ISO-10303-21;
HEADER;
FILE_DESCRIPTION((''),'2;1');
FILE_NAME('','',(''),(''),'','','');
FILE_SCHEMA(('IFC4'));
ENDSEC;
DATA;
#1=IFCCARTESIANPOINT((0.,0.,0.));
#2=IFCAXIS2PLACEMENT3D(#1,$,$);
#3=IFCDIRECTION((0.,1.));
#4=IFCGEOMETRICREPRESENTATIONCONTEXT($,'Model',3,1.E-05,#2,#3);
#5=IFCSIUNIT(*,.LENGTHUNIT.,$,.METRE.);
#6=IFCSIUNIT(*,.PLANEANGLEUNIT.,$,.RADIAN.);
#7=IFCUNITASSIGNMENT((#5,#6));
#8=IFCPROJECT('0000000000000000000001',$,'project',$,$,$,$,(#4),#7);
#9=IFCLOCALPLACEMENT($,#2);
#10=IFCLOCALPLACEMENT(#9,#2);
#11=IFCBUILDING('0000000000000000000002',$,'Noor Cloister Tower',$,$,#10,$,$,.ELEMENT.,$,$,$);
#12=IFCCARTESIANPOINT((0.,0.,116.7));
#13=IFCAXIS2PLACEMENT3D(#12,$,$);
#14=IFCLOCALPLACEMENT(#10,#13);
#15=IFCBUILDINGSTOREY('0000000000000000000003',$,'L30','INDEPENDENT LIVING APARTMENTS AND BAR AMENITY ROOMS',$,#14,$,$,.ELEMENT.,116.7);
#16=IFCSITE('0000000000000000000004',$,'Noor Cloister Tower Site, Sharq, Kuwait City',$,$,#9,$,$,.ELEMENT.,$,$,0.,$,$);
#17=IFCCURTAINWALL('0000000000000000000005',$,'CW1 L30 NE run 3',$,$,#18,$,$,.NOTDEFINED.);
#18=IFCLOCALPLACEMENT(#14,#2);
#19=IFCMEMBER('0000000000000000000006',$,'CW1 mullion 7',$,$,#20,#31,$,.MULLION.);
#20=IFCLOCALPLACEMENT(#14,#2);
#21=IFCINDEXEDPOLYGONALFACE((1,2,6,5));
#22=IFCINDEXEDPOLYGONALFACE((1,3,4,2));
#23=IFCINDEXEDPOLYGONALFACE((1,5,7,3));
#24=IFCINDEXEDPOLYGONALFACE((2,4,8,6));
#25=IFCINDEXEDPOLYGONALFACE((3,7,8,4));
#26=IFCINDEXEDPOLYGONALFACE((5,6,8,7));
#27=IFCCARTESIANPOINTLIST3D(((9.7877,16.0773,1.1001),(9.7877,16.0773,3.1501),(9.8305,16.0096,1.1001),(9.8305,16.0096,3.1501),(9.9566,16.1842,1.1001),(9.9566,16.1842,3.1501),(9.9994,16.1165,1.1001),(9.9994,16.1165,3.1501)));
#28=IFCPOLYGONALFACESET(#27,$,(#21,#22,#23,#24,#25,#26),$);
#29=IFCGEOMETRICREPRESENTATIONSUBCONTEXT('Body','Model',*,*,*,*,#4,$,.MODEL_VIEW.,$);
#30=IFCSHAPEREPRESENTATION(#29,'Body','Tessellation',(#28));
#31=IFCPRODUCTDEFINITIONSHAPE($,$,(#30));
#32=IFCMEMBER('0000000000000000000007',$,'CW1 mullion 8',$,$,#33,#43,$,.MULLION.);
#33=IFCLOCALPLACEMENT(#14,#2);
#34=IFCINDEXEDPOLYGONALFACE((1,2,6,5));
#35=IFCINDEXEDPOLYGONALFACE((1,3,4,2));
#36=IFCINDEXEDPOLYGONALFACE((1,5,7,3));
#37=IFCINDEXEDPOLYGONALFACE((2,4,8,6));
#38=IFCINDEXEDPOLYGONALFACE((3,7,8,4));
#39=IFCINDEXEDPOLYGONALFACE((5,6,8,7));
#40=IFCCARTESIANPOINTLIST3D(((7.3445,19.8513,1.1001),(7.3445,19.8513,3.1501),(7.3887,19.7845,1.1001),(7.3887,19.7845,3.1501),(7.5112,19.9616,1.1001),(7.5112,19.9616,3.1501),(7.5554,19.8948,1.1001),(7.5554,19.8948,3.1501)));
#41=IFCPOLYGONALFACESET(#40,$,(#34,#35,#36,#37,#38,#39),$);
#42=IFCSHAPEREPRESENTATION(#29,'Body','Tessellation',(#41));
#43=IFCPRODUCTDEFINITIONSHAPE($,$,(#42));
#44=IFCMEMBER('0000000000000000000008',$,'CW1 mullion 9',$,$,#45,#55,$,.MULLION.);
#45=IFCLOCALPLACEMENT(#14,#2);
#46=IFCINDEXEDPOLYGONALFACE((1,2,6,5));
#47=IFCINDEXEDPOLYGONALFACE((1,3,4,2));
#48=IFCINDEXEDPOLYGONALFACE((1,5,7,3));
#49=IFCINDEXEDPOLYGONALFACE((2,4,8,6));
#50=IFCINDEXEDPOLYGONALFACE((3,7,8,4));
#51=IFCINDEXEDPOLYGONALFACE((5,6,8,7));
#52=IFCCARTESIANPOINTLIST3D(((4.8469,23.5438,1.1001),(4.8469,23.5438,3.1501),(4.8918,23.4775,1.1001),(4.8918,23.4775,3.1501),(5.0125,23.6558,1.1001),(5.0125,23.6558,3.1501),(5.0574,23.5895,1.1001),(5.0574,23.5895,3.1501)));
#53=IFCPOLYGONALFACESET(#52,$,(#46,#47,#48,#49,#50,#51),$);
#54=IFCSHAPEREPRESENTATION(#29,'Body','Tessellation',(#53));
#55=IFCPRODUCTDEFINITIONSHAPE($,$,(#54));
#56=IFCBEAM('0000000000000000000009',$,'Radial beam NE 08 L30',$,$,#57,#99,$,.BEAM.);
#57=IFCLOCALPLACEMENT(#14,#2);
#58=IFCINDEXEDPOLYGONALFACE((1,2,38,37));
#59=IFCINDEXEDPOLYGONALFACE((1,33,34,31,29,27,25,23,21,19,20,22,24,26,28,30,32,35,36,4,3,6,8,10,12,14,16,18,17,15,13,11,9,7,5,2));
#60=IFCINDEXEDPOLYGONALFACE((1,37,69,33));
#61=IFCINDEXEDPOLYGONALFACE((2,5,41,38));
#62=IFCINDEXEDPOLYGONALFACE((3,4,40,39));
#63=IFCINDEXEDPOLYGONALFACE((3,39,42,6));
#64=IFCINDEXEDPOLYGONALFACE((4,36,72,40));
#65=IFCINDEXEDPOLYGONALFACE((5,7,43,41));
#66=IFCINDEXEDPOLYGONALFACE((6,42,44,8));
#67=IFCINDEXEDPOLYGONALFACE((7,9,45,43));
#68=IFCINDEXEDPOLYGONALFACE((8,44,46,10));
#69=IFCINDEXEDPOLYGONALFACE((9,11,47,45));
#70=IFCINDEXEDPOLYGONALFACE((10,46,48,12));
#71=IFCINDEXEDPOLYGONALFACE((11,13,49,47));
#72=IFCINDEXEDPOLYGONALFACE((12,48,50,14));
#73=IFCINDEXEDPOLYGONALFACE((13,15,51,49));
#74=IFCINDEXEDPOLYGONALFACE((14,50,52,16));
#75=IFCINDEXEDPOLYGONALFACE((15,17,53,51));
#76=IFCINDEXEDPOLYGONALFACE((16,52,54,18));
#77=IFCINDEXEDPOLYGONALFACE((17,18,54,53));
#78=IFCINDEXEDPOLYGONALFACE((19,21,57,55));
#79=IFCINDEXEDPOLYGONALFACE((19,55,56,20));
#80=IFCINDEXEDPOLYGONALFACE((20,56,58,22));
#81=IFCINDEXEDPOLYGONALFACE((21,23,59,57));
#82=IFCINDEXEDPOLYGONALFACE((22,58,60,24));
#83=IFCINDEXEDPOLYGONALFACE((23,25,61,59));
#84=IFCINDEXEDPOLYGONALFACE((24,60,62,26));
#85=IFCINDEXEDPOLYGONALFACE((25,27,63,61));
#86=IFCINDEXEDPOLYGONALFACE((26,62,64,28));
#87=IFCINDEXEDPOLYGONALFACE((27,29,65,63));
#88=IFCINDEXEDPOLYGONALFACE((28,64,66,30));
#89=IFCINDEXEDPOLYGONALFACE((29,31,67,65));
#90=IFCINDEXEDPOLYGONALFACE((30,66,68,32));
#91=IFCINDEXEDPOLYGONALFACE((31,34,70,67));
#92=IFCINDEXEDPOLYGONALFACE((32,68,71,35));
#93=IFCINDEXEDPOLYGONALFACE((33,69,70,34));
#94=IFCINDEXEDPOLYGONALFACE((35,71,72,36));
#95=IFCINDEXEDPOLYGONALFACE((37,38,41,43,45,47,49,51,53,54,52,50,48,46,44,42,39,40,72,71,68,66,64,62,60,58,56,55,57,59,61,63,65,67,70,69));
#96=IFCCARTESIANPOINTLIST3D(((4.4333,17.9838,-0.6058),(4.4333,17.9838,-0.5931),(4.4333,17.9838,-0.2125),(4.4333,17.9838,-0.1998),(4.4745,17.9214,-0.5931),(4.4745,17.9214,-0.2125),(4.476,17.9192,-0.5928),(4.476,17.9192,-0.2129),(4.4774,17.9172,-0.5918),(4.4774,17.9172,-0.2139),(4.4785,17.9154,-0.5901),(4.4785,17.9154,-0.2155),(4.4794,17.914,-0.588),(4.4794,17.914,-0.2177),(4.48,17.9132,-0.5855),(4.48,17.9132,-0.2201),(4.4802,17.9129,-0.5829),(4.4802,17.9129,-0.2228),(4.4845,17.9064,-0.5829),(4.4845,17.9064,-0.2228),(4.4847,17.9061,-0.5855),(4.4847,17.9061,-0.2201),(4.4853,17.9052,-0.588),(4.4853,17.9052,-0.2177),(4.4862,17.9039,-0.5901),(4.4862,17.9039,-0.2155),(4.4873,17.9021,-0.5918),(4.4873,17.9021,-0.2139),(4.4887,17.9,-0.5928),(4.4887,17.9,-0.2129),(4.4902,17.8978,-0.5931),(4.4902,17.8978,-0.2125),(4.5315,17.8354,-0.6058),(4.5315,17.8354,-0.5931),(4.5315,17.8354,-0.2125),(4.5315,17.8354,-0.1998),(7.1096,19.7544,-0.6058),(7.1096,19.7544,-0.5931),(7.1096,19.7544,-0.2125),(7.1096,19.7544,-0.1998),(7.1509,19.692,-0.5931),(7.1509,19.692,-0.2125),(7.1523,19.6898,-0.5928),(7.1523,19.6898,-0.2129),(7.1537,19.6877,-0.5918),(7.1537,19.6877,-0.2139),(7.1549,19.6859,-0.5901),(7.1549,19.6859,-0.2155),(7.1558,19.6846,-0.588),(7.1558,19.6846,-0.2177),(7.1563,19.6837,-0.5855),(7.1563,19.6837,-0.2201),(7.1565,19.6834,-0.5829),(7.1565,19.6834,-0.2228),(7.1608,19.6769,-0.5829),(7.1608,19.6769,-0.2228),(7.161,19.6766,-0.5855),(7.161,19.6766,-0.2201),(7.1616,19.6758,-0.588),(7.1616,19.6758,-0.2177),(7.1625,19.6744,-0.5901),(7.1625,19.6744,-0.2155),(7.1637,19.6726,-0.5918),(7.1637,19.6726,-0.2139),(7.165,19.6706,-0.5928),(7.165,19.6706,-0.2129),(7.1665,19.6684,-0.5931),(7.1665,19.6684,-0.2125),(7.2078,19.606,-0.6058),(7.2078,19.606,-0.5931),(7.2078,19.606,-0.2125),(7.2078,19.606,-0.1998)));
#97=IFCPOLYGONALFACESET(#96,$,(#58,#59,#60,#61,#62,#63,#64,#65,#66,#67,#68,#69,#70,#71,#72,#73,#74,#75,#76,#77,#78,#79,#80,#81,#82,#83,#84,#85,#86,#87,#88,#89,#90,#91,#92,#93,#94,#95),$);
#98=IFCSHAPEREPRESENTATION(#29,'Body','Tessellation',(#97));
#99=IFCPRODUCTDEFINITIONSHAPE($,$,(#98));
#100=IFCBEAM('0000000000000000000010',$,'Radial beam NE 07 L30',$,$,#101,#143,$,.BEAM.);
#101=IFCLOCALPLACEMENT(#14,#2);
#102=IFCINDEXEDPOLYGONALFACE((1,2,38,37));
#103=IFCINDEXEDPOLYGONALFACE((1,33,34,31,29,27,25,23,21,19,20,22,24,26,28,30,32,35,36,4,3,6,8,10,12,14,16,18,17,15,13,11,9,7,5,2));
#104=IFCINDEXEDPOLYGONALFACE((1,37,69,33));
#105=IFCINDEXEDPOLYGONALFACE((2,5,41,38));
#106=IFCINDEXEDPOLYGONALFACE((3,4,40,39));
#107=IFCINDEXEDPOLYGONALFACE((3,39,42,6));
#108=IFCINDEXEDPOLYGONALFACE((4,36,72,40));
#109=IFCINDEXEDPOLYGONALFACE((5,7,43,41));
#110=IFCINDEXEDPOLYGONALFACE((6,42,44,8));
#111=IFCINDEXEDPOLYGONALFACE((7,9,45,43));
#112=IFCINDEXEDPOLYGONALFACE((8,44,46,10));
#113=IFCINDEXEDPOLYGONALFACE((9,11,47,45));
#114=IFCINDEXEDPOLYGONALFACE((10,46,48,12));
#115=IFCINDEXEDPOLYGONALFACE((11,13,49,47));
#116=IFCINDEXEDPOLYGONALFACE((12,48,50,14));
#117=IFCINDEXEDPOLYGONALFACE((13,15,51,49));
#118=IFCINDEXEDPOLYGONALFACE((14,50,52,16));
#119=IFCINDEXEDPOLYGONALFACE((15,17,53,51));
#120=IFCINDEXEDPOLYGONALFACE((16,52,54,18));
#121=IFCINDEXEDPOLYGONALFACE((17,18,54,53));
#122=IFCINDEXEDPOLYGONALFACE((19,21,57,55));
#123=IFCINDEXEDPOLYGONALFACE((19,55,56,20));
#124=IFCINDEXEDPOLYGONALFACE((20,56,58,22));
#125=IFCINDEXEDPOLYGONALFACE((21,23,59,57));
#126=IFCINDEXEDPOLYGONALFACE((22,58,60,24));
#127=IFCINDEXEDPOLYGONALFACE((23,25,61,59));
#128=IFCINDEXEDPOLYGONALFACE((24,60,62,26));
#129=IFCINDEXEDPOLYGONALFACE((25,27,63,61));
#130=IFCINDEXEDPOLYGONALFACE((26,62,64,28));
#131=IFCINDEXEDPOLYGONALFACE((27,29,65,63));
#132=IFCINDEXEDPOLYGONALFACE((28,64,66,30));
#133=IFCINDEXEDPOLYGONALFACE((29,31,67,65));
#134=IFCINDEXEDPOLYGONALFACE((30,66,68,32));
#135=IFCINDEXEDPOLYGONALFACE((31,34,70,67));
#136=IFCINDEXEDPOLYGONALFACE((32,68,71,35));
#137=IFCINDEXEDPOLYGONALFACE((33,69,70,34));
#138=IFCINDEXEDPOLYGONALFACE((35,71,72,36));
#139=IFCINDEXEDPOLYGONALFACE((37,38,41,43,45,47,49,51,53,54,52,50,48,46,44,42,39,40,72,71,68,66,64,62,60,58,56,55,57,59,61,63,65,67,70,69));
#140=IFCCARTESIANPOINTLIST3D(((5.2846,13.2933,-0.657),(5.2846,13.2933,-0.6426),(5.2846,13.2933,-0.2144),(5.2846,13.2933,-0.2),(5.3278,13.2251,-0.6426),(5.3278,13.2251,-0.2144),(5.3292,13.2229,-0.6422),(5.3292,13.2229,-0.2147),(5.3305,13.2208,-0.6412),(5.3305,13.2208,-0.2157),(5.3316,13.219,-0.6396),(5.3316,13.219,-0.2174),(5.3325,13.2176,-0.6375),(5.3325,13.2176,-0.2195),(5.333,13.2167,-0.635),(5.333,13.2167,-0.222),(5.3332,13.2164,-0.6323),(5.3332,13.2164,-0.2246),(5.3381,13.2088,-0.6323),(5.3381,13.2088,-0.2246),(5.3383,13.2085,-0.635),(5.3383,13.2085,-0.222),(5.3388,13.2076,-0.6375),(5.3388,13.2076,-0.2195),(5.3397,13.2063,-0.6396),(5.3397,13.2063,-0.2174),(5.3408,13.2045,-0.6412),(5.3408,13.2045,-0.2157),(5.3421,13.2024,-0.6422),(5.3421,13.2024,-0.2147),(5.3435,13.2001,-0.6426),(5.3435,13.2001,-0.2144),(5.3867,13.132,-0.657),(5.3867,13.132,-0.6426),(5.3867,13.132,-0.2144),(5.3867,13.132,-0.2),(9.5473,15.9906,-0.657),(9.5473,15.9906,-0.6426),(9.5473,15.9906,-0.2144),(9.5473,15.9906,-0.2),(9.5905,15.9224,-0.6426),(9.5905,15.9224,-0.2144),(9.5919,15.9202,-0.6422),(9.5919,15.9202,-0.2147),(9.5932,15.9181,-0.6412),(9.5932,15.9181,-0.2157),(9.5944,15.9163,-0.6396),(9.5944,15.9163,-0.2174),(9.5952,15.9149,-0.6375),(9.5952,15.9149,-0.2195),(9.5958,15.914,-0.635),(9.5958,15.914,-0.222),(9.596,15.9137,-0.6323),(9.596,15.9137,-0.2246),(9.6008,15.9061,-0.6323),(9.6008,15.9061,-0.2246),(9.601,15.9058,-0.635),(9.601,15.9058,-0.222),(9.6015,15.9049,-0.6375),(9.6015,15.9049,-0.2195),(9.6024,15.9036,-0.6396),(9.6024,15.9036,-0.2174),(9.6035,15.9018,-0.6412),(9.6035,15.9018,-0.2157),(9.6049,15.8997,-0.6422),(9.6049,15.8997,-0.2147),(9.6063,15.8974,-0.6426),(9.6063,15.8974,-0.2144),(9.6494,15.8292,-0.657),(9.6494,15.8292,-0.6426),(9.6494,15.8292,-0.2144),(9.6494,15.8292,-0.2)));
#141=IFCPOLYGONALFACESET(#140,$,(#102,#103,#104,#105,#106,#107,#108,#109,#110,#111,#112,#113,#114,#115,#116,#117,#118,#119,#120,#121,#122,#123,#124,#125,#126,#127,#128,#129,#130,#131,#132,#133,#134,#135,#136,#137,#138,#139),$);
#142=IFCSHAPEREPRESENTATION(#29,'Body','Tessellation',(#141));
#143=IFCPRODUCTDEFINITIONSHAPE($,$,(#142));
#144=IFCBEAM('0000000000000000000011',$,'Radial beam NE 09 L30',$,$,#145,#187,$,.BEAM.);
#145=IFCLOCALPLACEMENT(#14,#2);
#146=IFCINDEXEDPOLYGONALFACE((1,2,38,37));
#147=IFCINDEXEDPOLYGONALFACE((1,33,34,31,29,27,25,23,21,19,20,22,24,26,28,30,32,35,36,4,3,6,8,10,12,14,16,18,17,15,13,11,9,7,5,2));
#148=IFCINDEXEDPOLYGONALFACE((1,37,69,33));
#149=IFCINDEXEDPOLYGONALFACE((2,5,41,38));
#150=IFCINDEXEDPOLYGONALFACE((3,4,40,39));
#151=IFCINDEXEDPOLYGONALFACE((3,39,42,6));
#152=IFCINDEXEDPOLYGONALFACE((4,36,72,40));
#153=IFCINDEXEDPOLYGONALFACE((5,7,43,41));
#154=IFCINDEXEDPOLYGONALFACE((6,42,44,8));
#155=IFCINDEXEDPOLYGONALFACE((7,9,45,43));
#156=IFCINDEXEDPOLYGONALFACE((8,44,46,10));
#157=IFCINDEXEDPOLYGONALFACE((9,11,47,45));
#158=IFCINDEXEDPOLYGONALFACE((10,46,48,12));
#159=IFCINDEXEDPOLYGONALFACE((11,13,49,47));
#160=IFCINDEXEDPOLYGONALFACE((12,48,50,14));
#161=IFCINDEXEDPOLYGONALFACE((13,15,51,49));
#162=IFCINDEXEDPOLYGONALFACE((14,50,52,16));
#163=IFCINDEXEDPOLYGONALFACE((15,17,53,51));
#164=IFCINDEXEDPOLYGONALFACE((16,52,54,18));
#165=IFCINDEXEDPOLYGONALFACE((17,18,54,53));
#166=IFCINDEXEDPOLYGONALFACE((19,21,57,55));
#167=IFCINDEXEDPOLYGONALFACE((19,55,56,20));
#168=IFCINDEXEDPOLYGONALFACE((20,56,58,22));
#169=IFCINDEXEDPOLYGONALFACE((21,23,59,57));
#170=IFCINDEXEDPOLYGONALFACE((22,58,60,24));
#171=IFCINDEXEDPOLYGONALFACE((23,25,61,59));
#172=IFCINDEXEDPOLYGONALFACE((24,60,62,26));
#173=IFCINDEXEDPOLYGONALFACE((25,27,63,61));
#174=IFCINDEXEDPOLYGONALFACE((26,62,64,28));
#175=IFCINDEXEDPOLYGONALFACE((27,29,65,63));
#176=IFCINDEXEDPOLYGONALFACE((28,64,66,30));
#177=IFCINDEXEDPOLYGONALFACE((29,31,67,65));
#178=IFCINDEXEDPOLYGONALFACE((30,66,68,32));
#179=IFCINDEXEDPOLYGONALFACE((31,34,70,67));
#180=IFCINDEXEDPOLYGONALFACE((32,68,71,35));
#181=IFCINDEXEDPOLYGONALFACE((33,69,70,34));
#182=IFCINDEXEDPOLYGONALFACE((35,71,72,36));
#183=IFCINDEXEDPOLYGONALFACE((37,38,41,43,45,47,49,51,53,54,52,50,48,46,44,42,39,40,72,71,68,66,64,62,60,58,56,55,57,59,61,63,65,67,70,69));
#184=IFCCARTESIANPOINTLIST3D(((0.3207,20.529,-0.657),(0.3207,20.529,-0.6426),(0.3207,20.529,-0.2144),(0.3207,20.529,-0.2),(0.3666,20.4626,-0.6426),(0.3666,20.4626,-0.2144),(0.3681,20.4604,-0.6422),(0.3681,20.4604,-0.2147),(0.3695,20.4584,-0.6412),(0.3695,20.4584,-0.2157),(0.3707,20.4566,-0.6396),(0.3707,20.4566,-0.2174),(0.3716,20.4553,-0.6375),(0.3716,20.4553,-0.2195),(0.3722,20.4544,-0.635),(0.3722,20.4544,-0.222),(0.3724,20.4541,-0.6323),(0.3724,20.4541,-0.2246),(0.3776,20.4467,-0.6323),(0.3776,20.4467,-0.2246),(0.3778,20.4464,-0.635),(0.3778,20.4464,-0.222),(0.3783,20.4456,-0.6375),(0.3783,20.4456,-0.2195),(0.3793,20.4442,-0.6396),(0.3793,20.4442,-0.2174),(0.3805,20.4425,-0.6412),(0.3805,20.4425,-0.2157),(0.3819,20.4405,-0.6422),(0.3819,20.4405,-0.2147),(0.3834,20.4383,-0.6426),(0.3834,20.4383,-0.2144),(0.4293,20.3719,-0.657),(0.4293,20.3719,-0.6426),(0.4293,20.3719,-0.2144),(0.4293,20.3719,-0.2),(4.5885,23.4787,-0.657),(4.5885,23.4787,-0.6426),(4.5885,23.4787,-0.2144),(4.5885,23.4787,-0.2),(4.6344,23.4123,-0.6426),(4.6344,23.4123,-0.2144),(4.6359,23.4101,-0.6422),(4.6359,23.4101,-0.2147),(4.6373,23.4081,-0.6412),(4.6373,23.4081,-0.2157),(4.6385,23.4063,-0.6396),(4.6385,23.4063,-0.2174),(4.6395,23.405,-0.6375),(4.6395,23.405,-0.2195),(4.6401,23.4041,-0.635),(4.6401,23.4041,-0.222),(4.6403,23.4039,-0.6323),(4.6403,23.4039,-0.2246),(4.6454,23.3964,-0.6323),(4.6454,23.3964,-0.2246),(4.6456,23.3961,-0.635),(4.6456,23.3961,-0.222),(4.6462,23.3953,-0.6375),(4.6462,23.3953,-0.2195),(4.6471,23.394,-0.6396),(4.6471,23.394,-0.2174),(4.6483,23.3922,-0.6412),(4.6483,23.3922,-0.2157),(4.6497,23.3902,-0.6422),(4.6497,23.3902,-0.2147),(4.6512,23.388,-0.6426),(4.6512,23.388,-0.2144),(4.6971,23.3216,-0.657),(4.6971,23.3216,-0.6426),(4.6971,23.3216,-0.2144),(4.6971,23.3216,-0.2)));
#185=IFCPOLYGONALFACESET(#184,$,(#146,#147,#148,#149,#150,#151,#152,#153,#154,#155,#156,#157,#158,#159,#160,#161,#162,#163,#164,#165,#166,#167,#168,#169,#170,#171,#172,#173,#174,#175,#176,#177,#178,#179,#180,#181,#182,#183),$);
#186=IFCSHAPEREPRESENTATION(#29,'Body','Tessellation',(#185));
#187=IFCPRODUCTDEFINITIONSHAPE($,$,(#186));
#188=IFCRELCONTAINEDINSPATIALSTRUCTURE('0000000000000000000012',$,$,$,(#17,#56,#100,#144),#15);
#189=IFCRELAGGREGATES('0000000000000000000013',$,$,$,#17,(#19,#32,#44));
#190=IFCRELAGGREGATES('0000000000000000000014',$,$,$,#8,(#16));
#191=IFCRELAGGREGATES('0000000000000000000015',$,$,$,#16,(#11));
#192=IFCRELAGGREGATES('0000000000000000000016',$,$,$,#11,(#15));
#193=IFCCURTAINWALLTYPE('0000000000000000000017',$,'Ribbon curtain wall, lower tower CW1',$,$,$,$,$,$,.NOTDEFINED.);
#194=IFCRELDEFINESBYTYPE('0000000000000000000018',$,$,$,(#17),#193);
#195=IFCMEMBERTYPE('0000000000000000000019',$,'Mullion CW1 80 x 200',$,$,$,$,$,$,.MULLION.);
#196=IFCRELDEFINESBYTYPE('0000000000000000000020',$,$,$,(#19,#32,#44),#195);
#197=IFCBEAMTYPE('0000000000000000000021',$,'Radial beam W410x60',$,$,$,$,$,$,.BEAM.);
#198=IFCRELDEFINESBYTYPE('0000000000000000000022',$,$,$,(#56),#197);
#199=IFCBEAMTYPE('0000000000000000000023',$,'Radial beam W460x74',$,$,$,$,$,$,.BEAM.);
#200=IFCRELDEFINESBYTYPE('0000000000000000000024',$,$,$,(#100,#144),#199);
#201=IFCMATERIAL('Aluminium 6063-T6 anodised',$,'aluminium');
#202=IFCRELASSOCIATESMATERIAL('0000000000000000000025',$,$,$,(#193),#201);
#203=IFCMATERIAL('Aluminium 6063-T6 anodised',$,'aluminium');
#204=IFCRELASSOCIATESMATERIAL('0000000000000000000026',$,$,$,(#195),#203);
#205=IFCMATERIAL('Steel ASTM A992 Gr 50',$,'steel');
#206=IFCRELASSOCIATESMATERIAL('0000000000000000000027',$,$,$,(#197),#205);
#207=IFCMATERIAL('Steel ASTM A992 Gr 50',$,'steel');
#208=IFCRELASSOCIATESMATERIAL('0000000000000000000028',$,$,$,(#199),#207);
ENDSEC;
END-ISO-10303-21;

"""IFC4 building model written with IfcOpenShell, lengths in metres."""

from ifc_helpers import new_model, si_unit, direction, frame, origin, origin_2d, place, context, subcontext, project, spatial, rectangle, i_section, extrude, material, material_profile, profile_set, type_object, element, aggregate, save


model = new_model("IFC4")

# Units and contexts
model_context = context("Model", 3, precision=1e-05, world=origin(), true_north=direction((0.0, 1.0)))
body_context = subcontext(model_context, "Body", "Model", "MODEL_VIEW")
ifc_project = project(units=[si_unit("LENGTHUNIT", "METRE"), si_unit("PLANEANGLEUNIT", "RADIAN")], contexts=[model_context])

# Site, building, storey
site_placement = place(None, origin())
site = spatial("IfcSite", under=ifc_project, at=site_placement, Name="Noor Cloister Tower Site, Sharq, Kuwait City", CompositionType="ELEMENT", RefElevation=0.0)
building_placement = place(site_placement, origin())
building = spatial("IfcBuilding", under=site, at=building_placement, Name="Noor Cloister Tower", CompositionType="ELEMENT")
storey_placement = place(building_placement, frame((0.0, 0.0, 116.7)))
storey = spatial("IfcBuildingStorey", under=building, at=storey_placement, Name="L30", Description="INDEPENDENT LIVING APARTMENTS AND BAR AMENITY ROOMS", CompositionType="ELEMENT", Elevation=116.7)

# Curtain wall, members
ifc_material_1 = material(Name="Aluminium 6063-T6 anodised", Category="aluminium")
curtain_wall_type = type_object("IfcCurtainWallType", Name="Ribbon curtain wall, lower tower CW1", PredefinedType="NOTDEFINED", material=ifc_material_1)
curtain_wall_placement = place(storey_placement, origin())
curtain_wall = element("IfcCurtainWall", 1, at=curtain_wall_placement, inside=storey, type_object=curtain_wall_type, Name="CW1 L30 NE run 3", PredefinedType="NOTDEFINED")
ifc_material_2 = material(Name="Aluminium 6063-T6 anodised", Category="aluminium")
ifc_material_profile_1 = material_profile(ifc_material_2, rectangle(XDim=0.2, YDim=0.0801, at=origin_2d()), Name="200 x 80 mullion")
ifc_profile_set_1 = profile_set([ifc_material_profile_1], Name="Aluminium 6063-T6 anodised")
member_type = type_object("IfcMemberType", Name="Mullion CW1 80 x 200", PredefinedType="MULLION", material=ifc_profile_set_1)
member_1_placement = place(storey_placement, frame((9.8936, 16.0969, 1.1001), z_axis=(0.0, 0.0, 1.0), x_axis=(-0.845023, -0.53473, 0.0)))
member_1 = element("IfcMember", 2, at=member_1_placement, type_object=member_type, Name="CW1 mullion 7", PredefinedType="MULLION", context=body_context, shape_type="SweptSolid", body=[
    extrude(rectangle(XDim=0.2, YDim=0.0801, at=origin_2d()), origin(), (0.0, 0.0, 1.0), 2.05),
])
member_2_placement = place(storey_placement, frame((7.45, 19.873, 1.1001), z_axis=(0.0, 0.0, 1.0), x_axis=(-0.833997, -0.551768, 0.0)))
member_2 = element("IfcMember", 3, at=member_2_placement, type_object=member_type, Name="CW1 mullion 8", PredefinedType="MULLION", context=body_context, shape_type="SweptSolid", body=[
    extrude(rectangle(XDim=0.2, YDim=0.0801, at=origin_2d()), origin(), (0.0, 0.0, 1.0), 2.05),
])
member_3_placement = place(storey_placement, frame((4.9521, 23.5667, 1.1001), z_axis=(0.0, 0.0, 1.0), x_axis=(-0.828356, -0.560203, 0.0)))
member_3 = element("IfcMember", 4, at=member_3_placement, type_object=member_type, Name="CW1 mullion 9", PredefinedType="MULLION", context=body_context, shape_type="SweptSolid", body=[
    extrude(rectangle(XDim=0.2, YDim=0.0801, at=origin_2d()), origin(), (0.0, 0.0, 1.0), 2.05),
])

# Beams
ifc_material_3 = material(Name="Steel ASTM A992 Gr 50", Category="steel")
ifc_material_profile_2 = material_profile(ifc_material_3, i_section(OverallWidth=0.178, OverallDepth=0.406, WebThickness=0.0078, FlangeThickness=0.0127, FilletRadius=0.0103, at=origin_2d()), Name="W410x60")
ifc_profile_set_2 = profile_set([ifc_material_profile_2], Name="Steel ASTM A992 Gr 50")
beam_type_1 = type_object("IfcBeamType", Name="Radial beam W410x60", PredefinedType="BEAM", material=ifc_profile_set_2)
beam_1_placement = place(storey_placement, frame((7.1587, 19.6802, -0.4028), z_axis=(-0.834011, -0.551747, 0.0), x_axis=(0.551747, -0.834011, 0.0)))
element("IfcBeam", 5, at=beam_1_placement, inside=storey, type_object=beam_type_1, Name="Radial beam NE 08 L30", PredefinedType="BEAM", context=body_context, shape_type="SweptSolid", body=[
    extrude(i_section(OverallWidth=0.178, OverallDepth=0.406, WebThickness=0.0078, FlangeThickness=0.0127, FilletRadius=0.0103, at=origin_2d()), origin(), (0.0, 0.0, 1.0), 3.209),
])
ifc_material_4 = material(Name="Steel ASTM A992 Gr 50", Category="steel")
ifc_material_profile_3 = material_profile(ifc_material_4, i_section(OverallWidth=0.1909, OverallDepth=0.457, WebThickness=0.009, FlangeThickness=0.0144, FilletRadius=0.0103, at=origin_2d()), Name="W460x74")
ifc_profile_set_3 = profile_set([ifc_material_profile_3], Name="Steel ASTM A992 Gr 50")
beam_type_2 = type_object("IfcBeamType", Name="Radial beam W460x74", PredefinedType="BEAM", material=ifc_profile_set_3)
beam_2_placement = place(storey_placement, frame((9.5984, 15.9099, -0.4285), z_axis=(-0.845038, -0.534707, 0.0), x_axis=(0.534707, -0.845038, 0.0)))
element("IfcBeam", 6, at=beam_2_placement, inside=storey, type_object=beam_type_2, Name="Radial beam NE 07 L30", PredefinedType="BEAM", context=body_context, shape_type="SweptSolid", body=[
    extrude(i_section(OverallWidth=0.1909, OverallDepth=0.457, WebThickness=0.009, FlangeThickness=0.0144, FilletRadius=0.0103, at=origin_2d()), origin(), (0.0, 0.0, 1.0), 5.0444),
])
beam_3_placement = place(storey_placement, frame((4.6428, 23.4001, -0.4285), z_axis=(-0.822637, -0.568566, 0.0), x_axis=(0.568566, -0.822637, 0.0)))
element("IfcBeam", 7, at=beam_3_placement, inside=storey, type_object=beam_type_2, Name="Radial beam NE 09 L30", PredefinedType="BEAM", context=body_context, shape_type="SweptSolid", body=[
    extrude(i_section(OverallWidth=0.1909, OverallDepth=0.457, WebThickness=0.009, FlangeThickness=0.0144, FilletRadius=0.0103, at=origin_2d()), origin(), (0.0, 0.0, 1.0), 5.188),
])

aggregate(curtain_wall, [member_1, member_2, member_3])

save(model, "model.ifc")
